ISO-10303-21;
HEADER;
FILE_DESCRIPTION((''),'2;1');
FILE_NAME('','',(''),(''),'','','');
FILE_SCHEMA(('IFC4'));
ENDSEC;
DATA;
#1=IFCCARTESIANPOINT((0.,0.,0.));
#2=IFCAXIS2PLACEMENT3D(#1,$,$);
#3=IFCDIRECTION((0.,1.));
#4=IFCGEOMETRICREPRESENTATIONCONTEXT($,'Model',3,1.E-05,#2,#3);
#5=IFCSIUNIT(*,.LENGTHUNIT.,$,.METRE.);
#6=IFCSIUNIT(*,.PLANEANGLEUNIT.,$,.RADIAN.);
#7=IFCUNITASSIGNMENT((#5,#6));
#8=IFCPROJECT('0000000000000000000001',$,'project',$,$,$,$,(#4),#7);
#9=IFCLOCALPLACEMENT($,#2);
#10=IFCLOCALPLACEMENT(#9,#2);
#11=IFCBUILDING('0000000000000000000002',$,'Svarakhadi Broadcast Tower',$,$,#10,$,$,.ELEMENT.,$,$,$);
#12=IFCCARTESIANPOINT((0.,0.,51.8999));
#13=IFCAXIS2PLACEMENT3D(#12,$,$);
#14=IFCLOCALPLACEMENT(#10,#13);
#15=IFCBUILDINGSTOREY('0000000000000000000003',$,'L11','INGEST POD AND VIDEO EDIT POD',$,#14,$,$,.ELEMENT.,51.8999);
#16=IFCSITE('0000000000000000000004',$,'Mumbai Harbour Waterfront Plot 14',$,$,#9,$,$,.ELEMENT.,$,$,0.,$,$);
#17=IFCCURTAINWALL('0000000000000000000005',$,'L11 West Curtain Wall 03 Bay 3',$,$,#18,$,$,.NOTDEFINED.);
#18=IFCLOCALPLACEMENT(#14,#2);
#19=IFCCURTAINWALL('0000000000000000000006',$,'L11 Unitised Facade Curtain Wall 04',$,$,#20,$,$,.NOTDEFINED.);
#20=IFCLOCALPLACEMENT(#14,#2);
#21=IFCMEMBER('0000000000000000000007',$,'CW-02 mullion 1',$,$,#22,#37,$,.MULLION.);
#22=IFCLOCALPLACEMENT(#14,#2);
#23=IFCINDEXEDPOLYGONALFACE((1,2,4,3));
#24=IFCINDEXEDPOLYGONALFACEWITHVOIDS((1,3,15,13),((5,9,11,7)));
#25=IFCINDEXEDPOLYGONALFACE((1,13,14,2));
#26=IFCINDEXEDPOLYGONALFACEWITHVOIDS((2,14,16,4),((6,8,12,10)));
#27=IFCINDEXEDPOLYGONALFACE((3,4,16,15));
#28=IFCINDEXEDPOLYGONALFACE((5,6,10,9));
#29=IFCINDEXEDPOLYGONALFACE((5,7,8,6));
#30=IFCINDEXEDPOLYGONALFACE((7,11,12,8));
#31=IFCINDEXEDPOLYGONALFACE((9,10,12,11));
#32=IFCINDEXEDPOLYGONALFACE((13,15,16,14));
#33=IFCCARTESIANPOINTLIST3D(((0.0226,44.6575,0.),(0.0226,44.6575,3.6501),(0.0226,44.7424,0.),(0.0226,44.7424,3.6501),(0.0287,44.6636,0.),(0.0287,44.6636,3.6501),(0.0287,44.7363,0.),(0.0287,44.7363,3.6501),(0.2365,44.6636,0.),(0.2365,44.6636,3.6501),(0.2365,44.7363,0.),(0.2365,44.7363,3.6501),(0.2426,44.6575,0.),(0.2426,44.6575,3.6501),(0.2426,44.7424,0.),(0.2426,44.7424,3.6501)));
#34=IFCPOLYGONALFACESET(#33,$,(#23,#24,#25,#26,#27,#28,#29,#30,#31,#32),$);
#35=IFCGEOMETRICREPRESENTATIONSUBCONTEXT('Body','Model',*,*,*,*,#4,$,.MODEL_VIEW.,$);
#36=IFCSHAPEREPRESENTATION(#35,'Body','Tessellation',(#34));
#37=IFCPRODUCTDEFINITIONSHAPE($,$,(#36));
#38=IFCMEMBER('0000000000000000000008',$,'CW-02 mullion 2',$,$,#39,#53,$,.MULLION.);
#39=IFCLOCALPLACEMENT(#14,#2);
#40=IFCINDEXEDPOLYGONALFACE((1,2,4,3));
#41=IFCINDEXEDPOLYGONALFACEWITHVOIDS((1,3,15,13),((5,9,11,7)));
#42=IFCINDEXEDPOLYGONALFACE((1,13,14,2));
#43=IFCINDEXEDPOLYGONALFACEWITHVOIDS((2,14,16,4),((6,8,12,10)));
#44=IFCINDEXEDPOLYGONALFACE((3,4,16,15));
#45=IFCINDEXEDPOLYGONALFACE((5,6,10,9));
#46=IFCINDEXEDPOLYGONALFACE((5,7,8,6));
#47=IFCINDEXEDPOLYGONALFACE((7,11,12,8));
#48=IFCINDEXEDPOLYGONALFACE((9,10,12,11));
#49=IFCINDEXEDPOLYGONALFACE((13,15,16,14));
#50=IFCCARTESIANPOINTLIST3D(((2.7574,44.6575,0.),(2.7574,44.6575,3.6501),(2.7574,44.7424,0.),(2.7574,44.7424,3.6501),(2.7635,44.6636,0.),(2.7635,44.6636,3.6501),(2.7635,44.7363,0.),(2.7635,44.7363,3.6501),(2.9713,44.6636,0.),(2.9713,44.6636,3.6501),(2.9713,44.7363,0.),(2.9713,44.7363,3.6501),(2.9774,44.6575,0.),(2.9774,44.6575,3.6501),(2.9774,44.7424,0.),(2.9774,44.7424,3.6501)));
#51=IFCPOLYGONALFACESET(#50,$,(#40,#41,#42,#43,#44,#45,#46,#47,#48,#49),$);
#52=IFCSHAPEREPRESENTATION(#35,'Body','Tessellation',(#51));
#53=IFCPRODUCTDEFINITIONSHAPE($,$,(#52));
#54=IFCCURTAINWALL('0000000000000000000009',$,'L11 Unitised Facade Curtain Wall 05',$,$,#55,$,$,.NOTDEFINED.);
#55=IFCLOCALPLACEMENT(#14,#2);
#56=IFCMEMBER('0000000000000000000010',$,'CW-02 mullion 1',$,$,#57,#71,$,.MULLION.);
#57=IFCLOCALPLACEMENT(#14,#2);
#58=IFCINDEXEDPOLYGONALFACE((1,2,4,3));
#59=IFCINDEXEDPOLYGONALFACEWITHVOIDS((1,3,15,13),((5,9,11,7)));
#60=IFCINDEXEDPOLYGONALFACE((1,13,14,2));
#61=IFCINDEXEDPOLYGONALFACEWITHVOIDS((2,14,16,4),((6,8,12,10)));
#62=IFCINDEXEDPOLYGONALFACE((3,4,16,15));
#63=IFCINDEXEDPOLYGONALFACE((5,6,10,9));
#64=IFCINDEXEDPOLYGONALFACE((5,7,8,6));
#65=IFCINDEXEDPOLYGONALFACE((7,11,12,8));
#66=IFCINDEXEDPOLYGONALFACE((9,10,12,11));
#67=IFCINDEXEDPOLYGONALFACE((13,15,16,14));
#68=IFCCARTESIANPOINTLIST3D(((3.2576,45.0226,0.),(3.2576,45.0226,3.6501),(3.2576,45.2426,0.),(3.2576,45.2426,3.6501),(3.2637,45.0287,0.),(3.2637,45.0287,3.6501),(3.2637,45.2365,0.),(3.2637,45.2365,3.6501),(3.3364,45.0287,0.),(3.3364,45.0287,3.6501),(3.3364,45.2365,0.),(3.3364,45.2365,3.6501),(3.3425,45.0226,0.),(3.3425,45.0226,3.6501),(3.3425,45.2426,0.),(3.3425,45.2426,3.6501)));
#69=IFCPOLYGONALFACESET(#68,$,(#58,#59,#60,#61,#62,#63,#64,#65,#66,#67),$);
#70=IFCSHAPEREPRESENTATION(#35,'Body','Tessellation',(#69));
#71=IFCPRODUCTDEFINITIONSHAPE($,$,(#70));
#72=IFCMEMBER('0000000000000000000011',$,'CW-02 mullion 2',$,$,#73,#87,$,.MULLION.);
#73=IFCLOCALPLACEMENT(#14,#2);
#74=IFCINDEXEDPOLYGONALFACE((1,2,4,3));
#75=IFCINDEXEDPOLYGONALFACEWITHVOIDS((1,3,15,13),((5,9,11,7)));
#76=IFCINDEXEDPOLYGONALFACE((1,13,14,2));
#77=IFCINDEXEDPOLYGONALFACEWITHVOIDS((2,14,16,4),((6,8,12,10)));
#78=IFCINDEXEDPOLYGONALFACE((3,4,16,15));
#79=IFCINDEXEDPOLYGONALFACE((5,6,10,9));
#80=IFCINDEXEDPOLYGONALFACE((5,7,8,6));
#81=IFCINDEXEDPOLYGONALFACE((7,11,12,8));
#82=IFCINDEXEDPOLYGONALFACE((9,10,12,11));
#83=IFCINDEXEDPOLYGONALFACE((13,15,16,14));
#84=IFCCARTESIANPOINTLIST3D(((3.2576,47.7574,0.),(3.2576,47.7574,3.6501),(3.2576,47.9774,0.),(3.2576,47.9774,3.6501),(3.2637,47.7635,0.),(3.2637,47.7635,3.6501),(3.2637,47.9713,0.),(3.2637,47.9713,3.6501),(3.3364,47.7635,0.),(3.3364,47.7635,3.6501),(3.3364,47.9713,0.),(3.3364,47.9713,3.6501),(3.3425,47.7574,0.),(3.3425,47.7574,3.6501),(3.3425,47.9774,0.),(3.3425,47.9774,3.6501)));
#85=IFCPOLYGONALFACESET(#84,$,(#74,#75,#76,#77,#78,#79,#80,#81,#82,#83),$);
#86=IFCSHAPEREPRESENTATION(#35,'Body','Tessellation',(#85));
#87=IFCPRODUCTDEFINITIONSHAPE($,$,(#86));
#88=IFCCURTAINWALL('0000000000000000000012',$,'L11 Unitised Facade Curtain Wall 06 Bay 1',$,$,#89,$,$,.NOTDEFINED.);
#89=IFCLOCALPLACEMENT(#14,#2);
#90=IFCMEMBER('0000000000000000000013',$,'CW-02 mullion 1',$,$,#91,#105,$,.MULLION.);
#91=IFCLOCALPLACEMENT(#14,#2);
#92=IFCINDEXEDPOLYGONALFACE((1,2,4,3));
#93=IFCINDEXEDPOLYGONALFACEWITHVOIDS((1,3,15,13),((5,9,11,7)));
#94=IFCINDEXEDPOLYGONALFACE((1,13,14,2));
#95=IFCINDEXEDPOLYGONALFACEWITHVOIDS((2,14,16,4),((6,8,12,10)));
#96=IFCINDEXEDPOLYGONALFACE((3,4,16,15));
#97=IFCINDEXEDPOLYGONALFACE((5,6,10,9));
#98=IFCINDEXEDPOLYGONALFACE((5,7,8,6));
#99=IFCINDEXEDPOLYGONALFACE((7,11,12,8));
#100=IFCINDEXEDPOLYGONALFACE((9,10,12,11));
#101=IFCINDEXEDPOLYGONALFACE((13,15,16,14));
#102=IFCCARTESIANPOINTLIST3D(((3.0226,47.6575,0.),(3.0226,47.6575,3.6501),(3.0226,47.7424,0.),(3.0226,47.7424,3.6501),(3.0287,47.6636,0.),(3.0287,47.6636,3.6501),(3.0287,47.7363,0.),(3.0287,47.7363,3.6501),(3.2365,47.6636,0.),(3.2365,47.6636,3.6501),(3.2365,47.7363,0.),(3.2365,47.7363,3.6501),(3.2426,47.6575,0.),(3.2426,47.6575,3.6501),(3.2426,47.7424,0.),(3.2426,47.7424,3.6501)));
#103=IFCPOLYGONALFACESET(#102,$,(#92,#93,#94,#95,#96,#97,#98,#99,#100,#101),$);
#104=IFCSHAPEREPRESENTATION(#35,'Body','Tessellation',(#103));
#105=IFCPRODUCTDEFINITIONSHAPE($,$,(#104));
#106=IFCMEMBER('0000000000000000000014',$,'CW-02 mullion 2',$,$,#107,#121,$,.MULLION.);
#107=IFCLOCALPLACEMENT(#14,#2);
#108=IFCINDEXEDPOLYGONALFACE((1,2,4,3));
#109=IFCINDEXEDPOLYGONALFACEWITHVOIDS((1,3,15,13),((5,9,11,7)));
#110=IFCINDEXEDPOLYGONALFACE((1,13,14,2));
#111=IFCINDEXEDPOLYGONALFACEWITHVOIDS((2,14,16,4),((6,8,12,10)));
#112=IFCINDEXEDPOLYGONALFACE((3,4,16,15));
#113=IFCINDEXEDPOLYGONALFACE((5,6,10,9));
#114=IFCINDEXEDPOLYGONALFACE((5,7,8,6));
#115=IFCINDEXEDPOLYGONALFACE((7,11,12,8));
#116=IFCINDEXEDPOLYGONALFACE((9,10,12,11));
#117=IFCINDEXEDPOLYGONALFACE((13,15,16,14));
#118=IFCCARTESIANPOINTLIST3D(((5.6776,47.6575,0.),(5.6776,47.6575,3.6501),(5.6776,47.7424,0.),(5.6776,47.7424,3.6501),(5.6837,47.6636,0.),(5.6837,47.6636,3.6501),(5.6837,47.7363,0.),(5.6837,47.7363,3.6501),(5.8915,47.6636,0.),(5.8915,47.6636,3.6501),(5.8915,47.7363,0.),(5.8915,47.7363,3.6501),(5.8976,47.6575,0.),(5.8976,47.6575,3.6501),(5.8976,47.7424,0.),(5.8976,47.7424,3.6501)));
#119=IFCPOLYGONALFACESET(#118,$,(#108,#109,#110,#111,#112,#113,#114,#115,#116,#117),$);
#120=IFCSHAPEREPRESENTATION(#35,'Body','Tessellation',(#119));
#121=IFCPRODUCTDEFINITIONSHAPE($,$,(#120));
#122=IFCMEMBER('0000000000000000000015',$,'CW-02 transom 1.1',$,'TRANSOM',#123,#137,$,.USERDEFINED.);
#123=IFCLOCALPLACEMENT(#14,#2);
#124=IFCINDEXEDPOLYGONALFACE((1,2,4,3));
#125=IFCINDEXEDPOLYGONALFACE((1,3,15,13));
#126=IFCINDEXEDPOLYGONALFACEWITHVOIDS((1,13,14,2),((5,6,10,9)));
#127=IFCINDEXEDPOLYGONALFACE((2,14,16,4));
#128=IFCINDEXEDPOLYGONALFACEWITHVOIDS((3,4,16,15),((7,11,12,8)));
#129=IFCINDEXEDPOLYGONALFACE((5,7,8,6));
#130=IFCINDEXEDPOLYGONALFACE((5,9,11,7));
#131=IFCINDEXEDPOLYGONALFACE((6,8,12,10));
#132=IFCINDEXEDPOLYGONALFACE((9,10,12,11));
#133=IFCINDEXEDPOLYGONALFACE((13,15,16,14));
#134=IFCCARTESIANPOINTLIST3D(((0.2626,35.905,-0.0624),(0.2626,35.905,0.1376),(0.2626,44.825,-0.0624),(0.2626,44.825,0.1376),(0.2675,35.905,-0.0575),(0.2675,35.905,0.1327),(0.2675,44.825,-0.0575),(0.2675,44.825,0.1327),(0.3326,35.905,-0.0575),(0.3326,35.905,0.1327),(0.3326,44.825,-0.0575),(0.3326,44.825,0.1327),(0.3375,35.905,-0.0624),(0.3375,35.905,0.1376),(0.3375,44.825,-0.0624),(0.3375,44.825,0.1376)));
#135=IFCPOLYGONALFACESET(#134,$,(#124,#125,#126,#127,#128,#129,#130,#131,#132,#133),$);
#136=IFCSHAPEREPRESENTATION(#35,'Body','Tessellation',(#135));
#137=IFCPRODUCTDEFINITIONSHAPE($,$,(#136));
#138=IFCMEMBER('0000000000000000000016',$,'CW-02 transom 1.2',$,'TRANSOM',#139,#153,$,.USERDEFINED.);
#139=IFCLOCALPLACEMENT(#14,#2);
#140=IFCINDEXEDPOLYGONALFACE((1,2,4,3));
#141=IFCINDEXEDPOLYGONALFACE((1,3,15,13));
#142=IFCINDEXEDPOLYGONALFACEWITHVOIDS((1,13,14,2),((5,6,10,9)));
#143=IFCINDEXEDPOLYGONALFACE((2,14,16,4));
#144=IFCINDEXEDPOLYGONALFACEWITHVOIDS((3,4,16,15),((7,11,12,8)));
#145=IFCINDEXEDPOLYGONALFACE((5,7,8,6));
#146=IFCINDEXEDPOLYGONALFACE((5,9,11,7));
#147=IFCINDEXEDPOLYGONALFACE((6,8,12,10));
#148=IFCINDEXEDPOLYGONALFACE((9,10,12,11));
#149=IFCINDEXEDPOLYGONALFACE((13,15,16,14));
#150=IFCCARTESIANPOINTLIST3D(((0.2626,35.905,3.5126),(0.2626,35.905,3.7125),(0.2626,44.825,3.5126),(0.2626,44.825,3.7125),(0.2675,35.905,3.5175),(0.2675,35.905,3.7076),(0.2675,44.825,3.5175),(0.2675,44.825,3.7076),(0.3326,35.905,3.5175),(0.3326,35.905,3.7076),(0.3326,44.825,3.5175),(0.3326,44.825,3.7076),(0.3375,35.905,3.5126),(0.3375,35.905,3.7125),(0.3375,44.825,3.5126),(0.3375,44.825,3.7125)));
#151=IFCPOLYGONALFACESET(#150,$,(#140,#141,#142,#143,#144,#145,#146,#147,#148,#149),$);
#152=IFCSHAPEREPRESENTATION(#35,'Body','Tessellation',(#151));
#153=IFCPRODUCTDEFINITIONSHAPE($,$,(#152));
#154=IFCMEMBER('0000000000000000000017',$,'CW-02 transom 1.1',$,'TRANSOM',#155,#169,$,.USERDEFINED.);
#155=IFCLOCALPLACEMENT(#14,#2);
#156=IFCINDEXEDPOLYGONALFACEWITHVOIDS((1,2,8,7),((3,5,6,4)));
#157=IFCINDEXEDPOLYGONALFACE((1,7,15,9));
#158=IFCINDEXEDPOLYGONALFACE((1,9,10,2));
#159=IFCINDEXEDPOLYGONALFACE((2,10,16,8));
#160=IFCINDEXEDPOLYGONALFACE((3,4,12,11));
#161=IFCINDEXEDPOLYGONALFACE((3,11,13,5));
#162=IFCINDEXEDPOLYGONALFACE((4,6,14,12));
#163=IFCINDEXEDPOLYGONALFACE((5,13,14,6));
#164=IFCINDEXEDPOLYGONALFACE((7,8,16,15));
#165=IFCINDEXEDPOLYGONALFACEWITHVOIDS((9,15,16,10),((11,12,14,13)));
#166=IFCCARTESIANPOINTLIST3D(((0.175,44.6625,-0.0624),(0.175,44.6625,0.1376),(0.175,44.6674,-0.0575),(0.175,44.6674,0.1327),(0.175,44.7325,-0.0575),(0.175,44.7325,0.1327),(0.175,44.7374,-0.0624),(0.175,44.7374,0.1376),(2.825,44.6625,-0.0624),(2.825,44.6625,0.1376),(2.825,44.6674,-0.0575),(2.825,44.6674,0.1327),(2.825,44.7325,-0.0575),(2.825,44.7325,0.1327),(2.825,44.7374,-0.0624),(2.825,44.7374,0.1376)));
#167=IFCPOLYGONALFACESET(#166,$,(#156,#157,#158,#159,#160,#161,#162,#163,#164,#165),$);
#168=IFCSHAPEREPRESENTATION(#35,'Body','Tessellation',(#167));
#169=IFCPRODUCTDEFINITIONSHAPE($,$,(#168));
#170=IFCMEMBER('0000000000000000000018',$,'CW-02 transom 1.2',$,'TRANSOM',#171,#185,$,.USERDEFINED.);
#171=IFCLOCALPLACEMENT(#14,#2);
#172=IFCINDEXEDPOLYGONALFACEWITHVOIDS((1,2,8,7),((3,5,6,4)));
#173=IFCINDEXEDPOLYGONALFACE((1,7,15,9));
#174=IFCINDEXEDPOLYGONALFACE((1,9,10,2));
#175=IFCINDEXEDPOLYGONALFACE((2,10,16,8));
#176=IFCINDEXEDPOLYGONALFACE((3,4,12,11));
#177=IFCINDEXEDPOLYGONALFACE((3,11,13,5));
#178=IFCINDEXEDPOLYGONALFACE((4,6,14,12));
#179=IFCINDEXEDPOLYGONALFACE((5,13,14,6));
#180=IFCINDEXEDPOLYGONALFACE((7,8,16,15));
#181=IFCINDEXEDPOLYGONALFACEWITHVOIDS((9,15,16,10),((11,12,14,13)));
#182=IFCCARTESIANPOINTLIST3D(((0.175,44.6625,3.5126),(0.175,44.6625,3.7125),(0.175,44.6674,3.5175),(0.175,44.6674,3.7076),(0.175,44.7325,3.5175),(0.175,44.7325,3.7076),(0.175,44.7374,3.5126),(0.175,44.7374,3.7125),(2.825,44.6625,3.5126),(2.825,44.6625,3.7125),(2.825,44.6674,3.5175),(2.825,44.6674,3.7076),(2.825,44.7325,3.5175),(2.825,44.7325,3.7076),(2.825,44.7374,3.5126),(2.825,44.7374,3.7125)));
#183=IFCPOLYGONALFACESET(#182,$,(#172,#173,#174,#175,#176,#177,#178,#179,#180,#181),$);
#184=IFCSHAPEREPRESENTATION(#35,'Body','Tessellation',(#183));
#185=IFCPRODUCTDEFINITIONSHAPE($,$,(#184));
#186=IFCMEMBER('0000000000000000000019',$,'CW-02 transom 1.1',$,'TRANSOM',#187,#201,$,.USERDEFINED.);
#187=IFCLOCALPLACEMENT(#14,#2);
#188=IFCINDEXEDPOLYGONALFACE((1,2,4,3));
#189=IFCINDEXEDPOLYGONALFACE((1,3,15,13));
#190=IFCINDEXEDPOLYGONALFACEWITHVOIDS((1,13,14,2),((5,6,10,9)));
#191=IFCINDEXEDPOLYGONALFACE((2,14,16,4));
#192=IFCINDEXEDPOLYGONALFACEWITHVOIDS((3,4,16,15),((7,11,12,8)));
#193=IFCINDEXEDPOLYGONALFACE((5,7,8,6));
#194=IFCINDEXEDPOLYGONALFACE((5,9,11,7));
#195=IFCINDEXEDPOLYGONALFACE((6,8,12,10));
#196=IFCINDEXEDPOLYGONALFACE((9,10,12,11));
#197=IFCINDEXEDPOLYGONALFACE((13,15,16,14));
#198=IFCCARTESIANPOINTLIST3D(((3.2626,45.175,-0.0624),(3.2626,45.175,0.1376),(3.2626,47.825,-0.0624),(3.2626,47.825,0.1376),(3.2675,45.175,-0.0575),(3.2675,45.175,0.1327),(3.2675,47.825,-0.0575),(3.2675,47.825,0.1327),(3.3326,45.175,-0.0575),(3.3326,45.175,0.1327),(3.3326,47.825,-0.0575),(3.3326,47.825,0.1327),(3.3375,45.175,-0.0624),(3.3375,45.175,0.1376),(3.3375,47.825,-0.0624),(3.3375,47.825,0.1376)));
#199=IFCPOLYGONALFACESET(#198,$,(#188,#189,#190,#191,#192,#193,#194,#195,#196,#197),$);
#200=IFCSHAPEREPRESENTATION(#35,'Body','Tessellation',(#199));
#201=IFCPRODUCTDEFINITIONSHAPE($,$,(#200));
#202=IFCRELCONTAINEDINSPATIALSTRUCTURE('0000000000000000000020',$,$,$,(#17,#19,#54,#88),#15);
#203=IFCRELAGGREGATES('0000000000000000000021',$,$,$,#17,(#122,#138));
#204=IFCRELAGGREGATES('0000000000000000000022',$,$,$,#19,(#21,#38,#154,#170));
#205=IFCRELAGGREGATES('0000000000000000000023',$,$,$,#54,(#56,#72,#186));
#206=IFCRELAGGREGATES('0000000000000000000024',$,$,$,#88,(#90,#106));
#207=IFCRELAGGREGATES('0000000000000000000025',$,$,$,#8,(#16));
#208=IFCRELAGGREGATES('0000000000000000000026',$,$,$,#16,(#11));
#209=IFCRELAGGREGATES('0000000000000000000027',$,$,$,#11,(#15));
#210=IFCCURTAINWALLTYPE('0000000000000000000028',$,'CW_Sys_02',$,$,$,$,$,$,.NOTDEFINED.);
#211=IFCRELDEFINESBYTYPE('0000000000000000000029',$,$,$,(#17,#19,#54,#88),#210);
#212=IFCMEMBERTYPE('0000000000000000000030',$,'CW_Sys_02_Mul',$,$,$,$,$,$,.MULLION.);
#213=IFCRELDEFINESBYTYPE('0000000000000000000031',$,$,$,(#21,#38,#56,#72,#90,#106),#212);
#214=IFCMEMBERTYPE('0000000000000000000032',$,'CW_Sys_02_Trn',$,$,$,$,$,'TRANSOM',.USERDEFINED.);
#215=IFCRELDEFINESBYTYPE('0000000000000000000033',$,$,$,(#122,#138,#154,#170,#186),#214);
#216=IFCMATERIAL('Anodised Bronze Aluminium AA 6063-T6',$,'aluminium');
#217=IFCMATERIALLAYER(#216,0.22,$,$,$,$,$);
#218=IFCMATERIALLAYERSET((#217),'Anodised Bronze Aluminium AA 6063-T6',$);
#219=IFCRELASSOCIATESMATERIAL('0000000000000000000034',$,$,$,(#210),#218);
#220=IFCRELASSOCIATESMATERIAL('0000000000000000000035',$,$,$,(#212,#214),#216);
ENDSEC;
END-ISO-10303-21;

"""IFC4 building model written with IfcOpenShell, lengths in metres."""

from ifc_helpers import new_model, si_unit, direction, frame, origin, origin_2d, place, context, subcontext, project, spatial, hollow_rectangle, extrude, material, layer, layer_set, material_profile, profile_set, type_object, element, aggregate, save


model = new_model("IFC4")

# Units and contexts
model_context = context("Model", 3, precision=1e-05, world=origin(), true_north=direction((0.0, 1.0)))
body_context = subcontext(model_context, "Body", "Model", "MODEL_VIEW")
ifc_project = project(units=[si_unit("LENGTHUNIT", "METRE"), si_unit("PLANEANGLEUNIT", "RADIAN")], contexts=[model_context])

# Site, building, storey
site_placement = place(None, origin())
site = spatial("IfcSite", under=ifc_project, at=site_placement, Name="Mumbai Harbour Waterfront Plot 14", CompositionType="ELEMENT", RefElevation=0.0)
building_placement = place(site_placement, origin())
building = spatial("IfcBuilding", under=site, at=building_placement, Name="Svarakhadi Broadcast Tower", CompositionType="ELEMENT")
storey_placement = place(building_placement, frame((0.0, 0.0, 51.8999)))
storey = spatial("IfcBuildingStorey", under=building, at=storey_placement, Name="L11", Description="INGEST POD AND VIDEO EDIT POD", CompositionType="ELEMENT", Elevation=51.8999)

# Curtain walls, members
ifc_material_1 = material(Name="Anodised Bronze Aluminium AA 6063-T6", Category="aluminium")
ifc_layer_1 = layer(ifc_material_1, 0.22)
ifc_layer_set_1 = layer_set([ifc_layer_1], Name="Anodised Bronze Aluminium AA 6063-T6")
curtain_wall_type = type_object("IfcCurtainWallType", Name="CW_Sys_02", PredefinedType="NOTDEFINED", material=ifc_layer_set_1)
curtain_wall_1_placement = place(storey_placement, origin())
curtain_wall_1 = element("IfcCurtainWall", 1, at=curtain_wall_1_placement, inside=storey, type_object=curtain_wall_type, Name="L11 West Curtain Wall 03 Bay 3", PredefinedType="NOTDEFINED")
ifc_material_profile_1 = material_profile(ifc_material_1, hollow_rectangle(XDim=0.085, YDim=0.22, WallThickness=0.0061, at=origin_2d()), Name="ALU MULLION 220x85x6")
ifc_profile_set_1 = profile_set([ifc_material_profile_1], Name="Anodised Bronze Aluminium AA 6063-T6")
member_type_1 = type_object("IfcMemberType", Name="CW_Sys_02_Mul", PredefinedType="MULLION", material=ifc_profile_set_1)
curtain_wall_2_placement = place(storey_placement, origin())
curtain_wall_2 = element("IfcCurtainWall", 2, at=curtain_wall_2_placement, inside=storey, type_object=curtain_wall_type, Name="L11 Unitised Facade Curtain Wall 04", PredefinedType="NOTDEFINED")
member_1_placement = place(storey_placement, frame((0.1326, 44.7, 0.0), z_axis=(0.0, 0.0, 1.0), x_axis=(0.0, 1.0, 0.0)))
member_1 = element("IfcMember", 3, at=member_1_placement, type_object=member_type_1, Name="CW-02 mullion 1", PredefinedType="MULLION", context=body_context, shape_type="SweptSolid", body=[
    extrude(hollow_rectangle(XDim=0.085, YDim=0.22, WallThickness=0.0061, at=origin_2d()), origin(), (0.0, 0.0, 1.0), 3.6501),
])
member_2_placement = place(storey_placement, frame((2.8674, 44.7, 0.0), z_axis=(0.0, 0.0, 1.0), x_axis=(0.0, 1.0, 0.0)))
member_2 = element("IfcMember", 4, at=member_2_placement, type_object=member_type_1, Name="CW-02 mullion 2", PredefinedType="MULLION", context=body_context, shape_type="SweptSolid", body=[
    extrude(hollow_rectangle(XDim=0.085, YDim=0.22, WallThickness=0.0061, at=origin_2d()), origin(), (0.0, 0.0, 1.0), 3.6501),
])
curtain_wall_3_placement = place(storey_placement, origin())
curtain_wall_3 = element("IfcCurtainWall", 5, at=curtain_wall_3_placement, inside=storey, type_object=curtain_wall_type, Name="L11 Unitised Facade Curtain Wall 05", PredefinedType="NOTDEFINED")
member_3_placement = place(storey_placement, frame((3.3, 45.1326, 0.0), z_axis=(0.0, 0.0, 1.0), x_axis=(-1.0, 0.0, 0.0)))
member_3 = element("IfcMember", 6, at=member_3_placement, type_object=member_type_1, Name="CW-02 mullion 1", PredefinedType="MULLION", context=body_context, shape_type="SweptSolid", body=[
    extrude(hollow_rectangle(XDim=0.085, YDim=0.22, WallThickness=0.0061, at=origin_2d()), origin(), (0.0, 0.0, 1.0), 3.6501),
])
member_4_placement = place(storey_placement, frame((3.3, 47.8674, 0.0), z_axis=(0.0, 0.0, 1.0), x_axis=(-1.0, 0.0, 0.0)))
member_4 = element("IfcMember", 7, at=member_4_placement, type_object=member_type_1, Name="CW-02 mullion 2", PredefinedType="MULLION", context=body_context, shape_type="SweptSolid", body=[
    extrude(hollow_rectangle(XDim=0.085, YDim=0.22, WallThickness=0.0061, at=origin_2d()), origin(), (0.0, 0.0, 1.0), 3.6501),
])
curtain_wall_4_placement = place(storey_placement, origin())
curtain_wall_4 = element("IfcCurtainWall", 8, at=curtain_wall_4_placement, inside=storey, type_object=curtain_wall_type, Name="L11 Unitised Facade Curtain Wall 06 Bay 1", PredefinedType="NOTDEFINED")
member_5_placement = place(storey_placement, frame((3.1326, 47.7, 0.0), z_axis=(0.0, 0.0, 1.0), x_axis=(0.0, 1.0, 0.0)))
member_5 = element("IfcMember", 9, at=member_5_placement, type_object=member_type_1, Name="CW-02 mullion 1", PredefinedType="MULLION", context=body_context, shape_type="SweptSolid", body=[
    extrude(hollow_rectangle(XDim=0.085, YDim=0.22, WallThickness=0.0061, at=origin_2d()), origin(), (0.0, 0.0, 1.0), 3.6501),
])
member_6_placement = place(storey_placement, frame((5.7876, 47.7, 0.0), z_axis=(0.0, 0.0, 1.0), x_axis=(0.0, 1.0, 0.0)))
member_6 = element("IfcMember", 10, at=member_6_placement, type_object=member_type_1, Name="CW-02 mullion 2", PredefinedType="MULLION", context=body_context, shape_type="SweptSolid", body=[
    extrude(hollow_rectangle(XDim=0.085, YDim=0.22, WallThickness=0.0061, at=origin_2d()), origin(), (0.0, 0.0, 1.0), 3.6501),
])

# Members
ifc_material_profile_2 = material_profile(ifc_material_1, hollow_rectangle(XDim=0.075, YDim=0.2, WallThickness=0.0049, at=origin_2d()), Name="ALU TRANSOM 200x75x5")
ifc_profile_set_2 = profile_set([ifc_material_profile_2], Name="Anodised Bronze Aluminium AA 6063-T6")
member_type_2 = type_object("IfcMemberType", Name="CW_Sys_02_Trn", ElementType="TRANSOM", PredefinedType="USERDEFINED", material=ifc_profile_set_2)
member_7_placement = place(storey_placement, frame((0.3, 35.905, 0.0376), z_axis=(0.0, 1.0, 0.0), x_axis=(-1.0, 0.0, 0.0)))
member_7 = element("IfcMember", 11, at=member_7_placement, type_object=member_type_2, Name="CW-02 transom 1.1", ObjectType="TRANSOM", PredefinedType="USERDEFINED", context=body_context, shape_type="SweptSolid", body=[
    extrude(hollow_rectangle(XDim=0.075, YDim=0.2, WallThickness=0.0049, at=origin_2d()), origin(), (0.0, 0.0, 1.0), 8.9199),
])
member_8_placement = place(storey_placement, frame((0.3, 35.905, 3.6125), z_axis=(0.0, 1.0, 0.0), x_axis=(-1.0, 0.0, 0.0)))
member_8 = element("IfcMember", 12, at=member_8_placement, type_object=member_type_2, Name="CW-02 transom 1.2", ObjectType="TRANSOM", PredefinedType="USERDEFINED", context=body_context, shape_type="SweptSolid", body=[
    extrude(hollow_rectangle(XDim=0.075, YDim=0.2, WallThickness=0.0049, at=origin_2d()), origin(), (0.0, 0.0, 1.0), 8.9199),
])
member_9_placement = place(storey_placement, frame((0.175, 44.7, 0.0376), z_axis=(1.0, 0.0, 0.0), x_axis=(0.0, 1.0, 0.0)))
member_9 = element("IfcMember", 13, at=member_9_placement, type_object=member_type_2, Name="CW-02 transom 1.1", ObjectType="TRANSOM", PredefinedType="USERDEFINED", context=body_context, shape_type="SweptSolid", body=[
    extrude(hollow_rectangle(XDim=0.075, YDim=0.2, WallThickness=0.0049, at=origin_2d()), origin(), (0.0, 0.0, 1.0), 2.6499),
])
member_10_placement = place(storey_placement, frame((0.175, 44.7, 3.6125), z_axis=(1.0, 0.0, 0.0), x_axis=(0.0, 1.0, 0.0)))
member_10 = element("IfcMember", 14, at=member_10_placement, type_object=member_type_2, Name="CW-02 transom 1.2", ObjectType="TRANSOM", PredefinedType="USERDEFINED", context=body_context, shape_type="SweptSolid", body=[
    extrude(hollow_rectangle(XDim=0.075, YDim=0.2, WallThickness=0.0049, at=origin_2d()), origin(), (0.0, 0.0, 1.0), 2.6499),
])
member_11_placement = place(storey_placement, frame((3.3, 45.175, 0.0376), z_axis=(0.0, 1.0, 0.0), x_axis=(-1.0, 0.0, 0.0)))
member_11 = element("IfcMember", 15, at=member_11_placement, type_object=member_type_2, Name="CW-02 transom 1.1", ObjectType="TRANSOM", PredefinedType="USERDEFINED", context=body_context, shape_type="SweptSolid", body=[
    extrude(hollow_rectangle(XDim=0.075, YDim=0.2, WallThickness=0.0049, at=origin_2d()), origin(), (0.0, 0.0, 1.0), 2.6499),
])

aggregate(curtain_wall_1, [member_7, member_8])
aggregate(curtain_wall_2, [member_1, member_2, member_9, member_10])
aggregate(curtain_wall_3, [member_3, member_4, member_11])
aggregate(curtain_wall_4, [member_5, member_6])

save(model, "model.ifc")
